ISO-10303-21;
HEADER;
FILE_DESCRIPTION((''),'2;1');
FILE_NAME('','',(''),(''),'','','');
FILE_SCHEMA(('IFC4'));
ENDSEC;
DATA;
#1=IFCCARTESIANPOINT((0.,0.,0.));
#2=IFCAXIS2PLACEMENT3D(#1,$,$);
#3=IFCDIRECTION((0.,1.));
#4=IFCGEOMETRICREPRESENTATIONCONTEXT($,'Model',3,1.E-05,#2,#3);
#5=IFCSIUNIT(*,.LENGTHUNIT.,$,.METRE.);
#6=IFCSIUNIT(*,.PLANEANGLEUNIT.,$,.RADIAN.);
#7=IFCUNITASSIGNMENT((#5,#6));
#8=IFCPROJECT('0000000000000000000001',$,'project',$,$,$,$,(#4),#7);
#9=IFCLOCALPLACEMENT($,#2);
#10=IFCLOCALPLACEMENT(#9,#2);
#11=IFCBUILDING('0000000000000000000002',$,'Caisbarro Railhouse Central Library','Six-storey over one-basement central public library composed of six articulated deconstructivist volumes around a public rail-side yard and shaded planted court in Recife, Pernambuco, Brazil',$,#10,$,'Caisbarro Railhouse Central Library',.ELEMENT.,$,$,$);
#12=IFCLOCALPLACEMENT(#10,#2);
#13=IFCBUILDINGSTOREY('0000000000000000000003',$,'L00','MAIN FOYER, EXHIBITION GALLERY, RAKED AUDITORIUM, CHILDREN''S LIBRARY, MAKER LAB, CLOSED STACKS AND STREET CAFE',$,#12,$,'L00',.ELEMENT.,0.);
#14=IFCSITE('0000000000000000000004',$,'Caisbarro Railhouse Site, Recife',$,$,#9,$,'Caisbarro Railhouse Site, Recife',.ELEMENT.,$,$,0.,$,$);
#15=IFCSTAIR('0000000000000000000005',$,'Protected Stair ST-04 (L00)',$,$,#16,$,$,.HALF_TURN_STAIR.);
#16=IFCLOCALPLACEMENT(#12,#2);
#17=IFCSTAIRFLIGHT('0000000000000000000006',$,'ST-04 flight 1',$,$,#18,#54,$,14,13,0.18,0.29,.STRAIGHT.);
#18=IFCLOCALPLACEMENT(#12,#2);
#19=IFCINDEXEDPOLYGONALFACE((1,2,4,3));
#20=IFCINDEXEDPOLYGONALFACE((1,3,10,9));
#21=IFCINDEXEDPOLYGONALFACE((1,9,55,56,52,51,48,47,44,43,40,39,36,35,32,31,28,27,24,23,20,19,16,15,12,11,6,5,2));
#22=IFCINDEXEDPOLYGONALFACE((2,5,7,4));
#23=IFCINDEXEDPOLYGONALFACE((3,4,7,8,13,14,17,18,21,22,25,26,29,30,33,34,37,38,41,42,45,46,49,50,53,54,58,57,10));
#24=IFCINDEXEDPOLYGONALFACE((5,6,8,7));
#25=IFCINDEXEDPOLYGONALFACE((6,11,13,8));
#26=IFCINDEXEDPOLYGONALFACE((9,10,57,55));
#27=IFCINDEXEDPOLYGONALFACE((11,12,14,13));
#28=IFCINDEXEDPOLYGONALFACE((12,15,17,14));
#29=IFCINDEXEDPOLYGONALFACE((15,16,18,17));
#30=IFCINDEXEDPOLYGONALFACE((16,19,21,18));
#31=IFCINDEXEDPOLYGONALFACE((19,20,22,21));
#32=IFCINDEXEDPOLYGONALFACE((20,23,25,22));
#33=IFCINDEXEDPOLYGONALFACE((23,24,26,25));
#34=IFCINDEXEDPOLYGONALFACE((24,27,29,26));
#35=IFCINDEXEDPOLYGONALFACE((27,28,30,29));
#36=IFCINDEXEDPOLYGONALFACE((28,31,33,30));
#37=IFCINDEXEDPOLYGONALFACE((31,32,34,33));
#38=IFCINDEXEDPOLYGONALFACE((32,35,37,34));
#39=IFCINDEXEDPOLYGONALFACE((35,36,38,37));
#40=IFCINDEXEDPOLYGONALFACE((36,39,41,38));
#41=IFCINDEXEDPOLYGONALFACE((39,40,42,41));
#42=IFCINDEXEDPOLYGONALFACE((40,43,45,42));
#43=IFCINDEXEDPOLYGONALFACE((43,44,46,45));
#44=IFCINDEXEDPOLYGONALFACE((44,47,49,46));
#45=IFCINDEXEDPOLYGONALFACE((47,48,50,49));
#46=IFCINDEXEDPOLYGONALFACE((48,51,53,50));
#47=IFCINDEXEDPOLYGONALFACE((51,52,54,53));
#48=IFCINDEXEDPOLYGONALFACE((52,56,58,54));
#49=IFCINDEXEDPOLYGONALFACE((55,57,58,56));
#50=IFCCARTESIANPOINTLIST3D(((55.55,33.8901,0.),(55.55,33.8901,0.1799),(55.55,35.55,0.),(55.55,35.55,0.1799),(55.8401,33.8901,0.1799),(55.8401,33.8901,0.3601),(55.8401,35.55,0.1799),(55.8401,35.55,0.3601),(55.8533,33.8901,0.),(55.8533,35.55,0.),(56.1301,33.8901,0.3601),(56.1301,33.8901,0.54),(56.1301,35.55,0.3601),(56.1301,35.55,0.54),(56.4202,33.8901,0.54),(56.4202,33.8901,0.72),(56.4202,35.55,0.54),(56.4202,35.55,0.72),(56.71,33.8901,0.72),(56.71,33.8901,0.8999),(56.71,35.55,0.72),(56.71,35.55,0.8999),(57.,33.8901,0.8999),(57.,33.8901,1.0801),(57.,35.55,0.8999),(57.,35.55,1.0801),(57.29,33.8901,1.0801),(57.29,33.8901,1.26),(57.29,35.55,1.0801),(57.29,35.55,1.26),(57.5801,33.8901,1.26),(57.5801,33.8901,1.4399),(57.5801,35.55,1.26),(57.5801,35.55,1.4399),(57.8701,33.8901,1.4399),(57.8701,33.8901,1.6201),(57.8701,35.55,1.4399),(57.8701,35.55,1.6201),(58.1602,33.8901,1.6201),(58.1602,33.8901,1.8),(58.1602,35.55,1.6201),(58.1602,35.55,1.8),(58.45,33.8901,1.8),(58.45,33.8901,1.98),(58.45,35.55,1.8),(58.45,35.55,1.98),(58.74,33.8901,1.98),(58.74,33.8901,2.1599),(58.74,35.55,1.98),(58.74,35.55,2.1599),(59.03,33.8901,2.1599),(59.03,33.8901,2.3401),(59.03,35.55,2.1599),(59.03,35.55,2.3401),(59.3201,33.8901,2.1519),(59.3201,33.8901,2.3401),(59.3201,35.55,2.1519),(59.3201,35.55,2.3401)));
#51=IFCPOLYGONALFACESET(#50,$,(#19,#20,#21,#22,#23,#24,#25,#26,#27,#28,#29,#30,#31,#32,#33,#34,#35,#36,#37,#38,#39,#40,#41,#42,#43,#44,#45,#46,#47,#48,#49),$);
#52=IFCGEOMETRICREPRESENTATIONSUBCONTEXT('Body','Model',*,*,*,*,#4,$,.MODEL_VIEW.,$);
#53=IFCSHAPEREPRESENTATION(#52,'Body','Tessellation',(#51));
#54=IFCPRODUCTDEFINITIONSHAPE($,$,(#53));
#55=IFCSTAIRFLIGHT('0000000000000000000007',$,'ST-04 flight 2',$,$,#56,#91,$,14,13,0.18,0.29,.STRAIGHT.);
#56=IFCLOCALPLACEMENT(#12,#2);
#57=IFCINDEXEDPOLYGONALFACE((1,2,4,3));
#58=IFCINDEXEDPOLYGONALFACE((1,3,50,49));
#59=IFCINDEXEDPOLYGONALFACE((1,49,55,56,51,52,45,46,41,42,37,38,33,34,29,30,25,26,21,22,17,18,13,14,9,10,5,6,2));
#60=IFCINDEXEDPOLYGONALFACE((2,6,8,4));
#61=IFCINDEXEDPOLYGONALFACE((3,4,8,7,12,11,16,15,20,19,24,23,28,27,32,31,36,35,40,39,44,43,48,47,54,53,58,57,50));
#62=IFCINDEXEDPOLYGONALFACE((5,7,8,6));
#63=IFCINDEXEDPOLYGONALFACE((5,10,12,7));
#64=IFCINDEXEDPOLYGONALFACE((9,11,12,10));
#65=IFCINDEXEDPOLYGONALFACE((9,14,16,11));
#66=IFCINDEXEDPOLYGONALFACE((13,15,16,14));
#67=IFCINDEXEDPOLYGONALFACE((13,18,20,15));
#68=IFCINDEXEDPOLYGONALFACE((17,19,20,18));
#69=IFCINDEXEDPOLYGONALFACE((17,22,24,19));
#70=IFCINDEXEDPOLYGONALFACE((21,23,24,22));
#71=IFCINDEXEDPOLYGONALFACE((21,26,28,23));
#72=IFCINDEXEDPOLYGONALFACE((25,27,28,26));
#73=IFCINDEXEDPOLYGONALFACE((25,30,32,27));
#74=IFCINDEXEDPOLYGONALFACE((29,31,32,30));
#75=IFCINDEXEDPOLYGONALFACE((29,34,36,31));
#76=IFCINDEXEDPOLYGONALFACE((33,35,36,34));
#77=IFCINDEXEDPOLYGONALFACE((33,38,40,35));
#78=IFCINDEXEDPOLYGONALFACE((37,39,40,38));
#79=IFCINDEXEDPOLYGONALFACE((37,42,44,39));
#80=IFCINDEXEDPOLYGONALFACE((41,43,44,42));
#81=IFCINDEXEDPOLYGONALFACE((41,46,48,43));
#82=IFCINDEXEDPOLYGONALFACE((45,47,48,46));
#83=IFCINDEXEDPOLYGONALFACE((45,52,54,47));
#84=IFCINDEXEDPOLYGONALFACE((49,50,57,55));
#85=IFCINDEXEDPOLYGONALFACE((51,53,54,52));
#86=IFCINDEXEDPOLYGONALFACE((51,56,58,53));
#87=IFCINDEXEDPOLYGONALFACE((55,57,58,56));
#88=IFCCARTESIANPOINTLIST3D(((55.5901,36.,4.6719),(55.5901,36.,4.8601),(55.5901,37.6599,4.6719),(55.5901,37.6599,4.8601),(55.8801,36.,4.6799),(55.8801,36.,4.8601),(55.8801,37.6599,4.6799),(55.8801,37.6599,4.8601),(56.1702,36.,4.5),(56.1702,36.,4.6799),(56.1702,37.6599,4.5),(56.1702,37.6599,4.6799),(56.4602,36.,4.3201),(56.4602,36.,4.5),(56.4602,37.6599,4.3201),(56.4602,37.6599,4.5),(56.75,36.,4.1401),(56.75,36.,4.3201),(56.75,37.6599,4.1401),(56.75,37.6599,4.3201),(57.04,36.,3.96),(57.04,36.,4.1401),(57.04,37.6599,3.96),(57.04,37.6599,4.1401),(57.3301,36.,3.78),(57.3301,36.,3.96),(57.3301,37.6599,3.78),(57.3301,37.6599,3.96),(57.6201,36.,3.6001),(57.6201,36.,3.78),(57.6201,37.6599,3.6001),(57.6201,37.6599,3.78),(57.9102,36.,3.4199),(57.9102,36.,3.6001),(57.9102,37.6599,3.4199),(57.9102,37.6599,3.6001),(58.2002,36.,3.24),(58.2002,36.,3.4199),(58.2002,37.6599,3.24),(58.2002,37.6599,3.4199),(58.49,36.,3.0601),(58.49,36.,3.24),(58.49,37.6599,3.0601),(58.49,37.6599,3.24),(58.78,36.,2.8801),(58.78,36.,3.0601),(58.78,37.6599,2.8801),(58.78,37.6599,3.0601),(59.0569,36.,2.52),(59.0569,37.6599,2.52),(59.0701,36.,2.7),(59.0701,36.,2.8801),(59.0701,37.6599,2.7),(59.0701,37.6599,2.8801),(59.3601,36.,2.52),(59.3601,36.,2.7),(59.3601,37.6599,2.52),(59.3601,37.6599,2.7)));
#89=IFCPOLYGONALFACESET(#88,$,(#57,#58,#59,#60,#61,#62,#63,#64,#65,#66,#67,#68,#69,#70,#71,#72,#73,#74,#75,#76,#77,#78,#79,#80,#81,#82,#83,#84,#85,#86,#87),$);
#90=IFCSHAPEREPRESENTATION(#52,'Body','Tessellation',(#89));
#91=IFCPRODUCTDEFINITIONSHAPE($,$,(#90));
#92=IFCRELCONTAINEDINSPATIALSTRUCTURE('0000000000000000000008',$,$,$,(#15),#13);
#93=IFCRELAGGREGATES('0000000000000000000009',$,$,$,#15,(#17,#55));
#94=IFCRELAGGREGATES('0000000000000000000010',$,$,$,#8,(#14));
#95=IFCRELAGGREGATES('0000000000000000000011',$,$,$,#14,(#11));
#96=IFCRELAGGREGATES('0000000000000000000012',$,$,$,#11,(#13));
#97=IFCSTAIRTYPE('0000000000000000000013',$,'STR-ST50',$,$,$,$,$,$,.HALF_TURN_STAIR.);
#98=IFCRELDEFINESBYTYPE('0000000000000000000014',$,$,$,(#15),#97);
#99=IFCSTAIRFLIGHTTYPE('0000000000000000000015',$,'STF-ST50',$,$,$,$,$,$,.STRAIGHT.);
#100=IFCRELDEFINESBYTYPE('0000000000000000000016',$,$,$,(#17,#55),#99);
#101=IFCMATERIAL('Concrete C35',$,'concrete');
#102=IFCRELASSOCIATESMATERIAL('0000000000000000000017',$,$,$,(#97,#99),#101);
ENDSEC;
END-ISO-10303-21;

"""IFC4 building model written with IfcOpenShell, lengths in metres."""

from ifc_helpers import new_model, si_unit, direction, frame, origin, place, context, subcontext, project, spatial, polyline, outline, extrude, material, type_object, element, aggregate, save


model = new_model("IFC4")

# Units and contexts
model_context = context("Model", 3, precision=1e-05, world=origin(), true_north=direction((0.0, 1.0)))
body_context = subcontext(model_context, "Body", "Model", "MODEL_VIEW")
ifc_project = project(units=[si_unit("LENGTHUNIT", "METRE"), si_unit("PLANEANGLEUNIT", "RADIAN")], contexts=[model_context])

# Site, building, storey
site_placement = place(None, origin())
site = spatial("IfcSite", under=ifc_project, at=site_placement, Name="Caisbarro Railhouse Site, Recife", LongName="Caisbarro Railhouse Site, Recife", CompositionType="ELEMENT", RefElevation=0.0)
building_placement = place(site_placement, origin())
building = spatial("IfcBuilding", under=site, at=building_placement, Name="Caisbarro Railhouse Central Library", Description="Six-storey over one-basement central public library composed of six articulated deconstructivist volumes around a public rail-side yard and shaded planted court in Recife, Pernambuco, Brazil", LongName="Caisbarro Railhouse Central Library", CompositionType="ELEMENT")
storey_placement = place(building_placement, origin())
storey = spatial("IfcBuildingStorey", under=building, at=storey_placement, Name="L00", Description="MAIN FOYER, EXHIBITION GALLERY, RAKED AUDITORIUM, CHILDREN'S LIBRARY, MAKER LAB, CLOSED STACKS AND STREET CAFE", LongName="L00", CompositionType="ELEMENT", Elevation=0.0)

# Stair, stair flights
ifc_material_1 = material(Name="Concrete C35", Category="concrete")
stair_type = type_object("IfcStairType", Name="STR-ST50", PredefinedType="HALF_TURN_STAIR", material=ifc_material_1)
stair_placement = place(storey_placement, origin())
stair = element("IfcStair", 1, at=stair_placement, inside=storey, type_object=stair_type, Name="Protected Stair ST-04 (L00)", PredefinedType="HALF_TURN_STAIR")
stair_flight_type = type_object("IfcStairFlightType", Name="STF-ST50", PredefinedType="STRAIGHT", material=ifc_material_1)
stair_flight_1_placement = place(storey_placement, frame((55.55, 34.72, 0.0), z_axis=(0.0, 0.0, 1.0), x_axis=(1.0, 0.0, 0.0)))
stair_flight_1 = element("IfcStairFlight", 2, at=stair_flight_1_placement, type_object=stair_flight_type, Name="ST-04 flight 1", NumberOfRisers=14, NumberOfTreads=13, PredefinedType="STRAIGHT", RiserHeight=0.18, TreadLength=0.29, context=body_context, shape_type="SweptSolid", body=[
    extrude(outline(polyline([(0.0, 0.0), (0.0, 0.1799), (0.29, 0.1799), (0.29, 0.3601), (0.5801, 0.3601), (0.5801, 0.54), (0.8701, 0.54), (0.8701, 0.72), (1.1599, 0.72), (1.1599, 0.8999), (1.45, 0.8999), (1.45, 1.0801), (1.74, 1.0801), (1.74, 1.26), (2.03, 1.26), (2.03, 1.4399), (2.3201, 1.4399), (2.3201, 1.6201), (2.6101, 1.6201), (2.6101, 1.8), (2.8999, 1.8), (2.8999, 1.98), (3.1899, 1.98), (3.1899, 2.1599), (3.48, 2.1599), (3.48, 2.3401), (3.77, 2.3401), (3.77, 2.52), (3.77, 2.1519), (0.3032, 0.0), (0.0, 0.0)])), frame((0.0, 0.8301, 0.0), z_axis=(0.0, -1.0, 0.0), x_axis=(1.0, 0.0, 0.0)), (0.0, 0.0, 1.0), 1.6599),
])
stair_flight_2_placement = place(storey_placement, frame((59.3601, 36.8301, 2.52), z_axis=(0.0, 0.0, 1.0), x_axis=(-1.0, 0.0, 0.0)))
stair_flight_2 = element("IfcStairFlight", 3, at=stair_flight_2_placement, type_object=stair_flight_type, Name="ST-04 flight 2", NumberOfRisers=14, NumberOfTreads=13, PredefinedType="STRAIGHT", RiserHeight=0.18, TreadLength=0.29, context=body_context, shape_type="SweptSolid", body=[
    extrude(outline(polyline([(0.0, 0.0), (0.0, 0.1799), (0.29, 0.1799), (0.29, 0.3601), (0.5801, 0.3601), (0.5801, 0.54), (0.8701, 0.54), (0.8701, 0.72), (1.1599, 0.72), (1.1599, 0.8999), (1.45, 0.8999), (1.45, 1.0801), (1.74, 1.0801), (1.74, 1.26), (2.03, 1.26), (2.03, 1.4399), (2.3201, 1.4399), (2.3201, 1.6201), (2.6101, 1.6201), (2.6101, 1.8), (2.8999, 1.8), (2.8999, 1.98), (3.1899, 1.98), (3.1899, 2.1599), (3.48, 2.1599), (3.48, 2.3401), (3.77, 2.3401), (3.77, 2.52), (3.77, 2.1519), (0.3032, 0.0), (0.0, 0.0)])), frame((0.0, 0.8301, 0.0), z_axis=(0.0, -1.0, 0.0), x_axis=(1.0, 0.0, 0.0)), (0.0, 0.0, 1.0), 1.6599),
])
aggregate(stair, [stair_flight_1, stair_flight_2])

save(model, "model.ifc")
